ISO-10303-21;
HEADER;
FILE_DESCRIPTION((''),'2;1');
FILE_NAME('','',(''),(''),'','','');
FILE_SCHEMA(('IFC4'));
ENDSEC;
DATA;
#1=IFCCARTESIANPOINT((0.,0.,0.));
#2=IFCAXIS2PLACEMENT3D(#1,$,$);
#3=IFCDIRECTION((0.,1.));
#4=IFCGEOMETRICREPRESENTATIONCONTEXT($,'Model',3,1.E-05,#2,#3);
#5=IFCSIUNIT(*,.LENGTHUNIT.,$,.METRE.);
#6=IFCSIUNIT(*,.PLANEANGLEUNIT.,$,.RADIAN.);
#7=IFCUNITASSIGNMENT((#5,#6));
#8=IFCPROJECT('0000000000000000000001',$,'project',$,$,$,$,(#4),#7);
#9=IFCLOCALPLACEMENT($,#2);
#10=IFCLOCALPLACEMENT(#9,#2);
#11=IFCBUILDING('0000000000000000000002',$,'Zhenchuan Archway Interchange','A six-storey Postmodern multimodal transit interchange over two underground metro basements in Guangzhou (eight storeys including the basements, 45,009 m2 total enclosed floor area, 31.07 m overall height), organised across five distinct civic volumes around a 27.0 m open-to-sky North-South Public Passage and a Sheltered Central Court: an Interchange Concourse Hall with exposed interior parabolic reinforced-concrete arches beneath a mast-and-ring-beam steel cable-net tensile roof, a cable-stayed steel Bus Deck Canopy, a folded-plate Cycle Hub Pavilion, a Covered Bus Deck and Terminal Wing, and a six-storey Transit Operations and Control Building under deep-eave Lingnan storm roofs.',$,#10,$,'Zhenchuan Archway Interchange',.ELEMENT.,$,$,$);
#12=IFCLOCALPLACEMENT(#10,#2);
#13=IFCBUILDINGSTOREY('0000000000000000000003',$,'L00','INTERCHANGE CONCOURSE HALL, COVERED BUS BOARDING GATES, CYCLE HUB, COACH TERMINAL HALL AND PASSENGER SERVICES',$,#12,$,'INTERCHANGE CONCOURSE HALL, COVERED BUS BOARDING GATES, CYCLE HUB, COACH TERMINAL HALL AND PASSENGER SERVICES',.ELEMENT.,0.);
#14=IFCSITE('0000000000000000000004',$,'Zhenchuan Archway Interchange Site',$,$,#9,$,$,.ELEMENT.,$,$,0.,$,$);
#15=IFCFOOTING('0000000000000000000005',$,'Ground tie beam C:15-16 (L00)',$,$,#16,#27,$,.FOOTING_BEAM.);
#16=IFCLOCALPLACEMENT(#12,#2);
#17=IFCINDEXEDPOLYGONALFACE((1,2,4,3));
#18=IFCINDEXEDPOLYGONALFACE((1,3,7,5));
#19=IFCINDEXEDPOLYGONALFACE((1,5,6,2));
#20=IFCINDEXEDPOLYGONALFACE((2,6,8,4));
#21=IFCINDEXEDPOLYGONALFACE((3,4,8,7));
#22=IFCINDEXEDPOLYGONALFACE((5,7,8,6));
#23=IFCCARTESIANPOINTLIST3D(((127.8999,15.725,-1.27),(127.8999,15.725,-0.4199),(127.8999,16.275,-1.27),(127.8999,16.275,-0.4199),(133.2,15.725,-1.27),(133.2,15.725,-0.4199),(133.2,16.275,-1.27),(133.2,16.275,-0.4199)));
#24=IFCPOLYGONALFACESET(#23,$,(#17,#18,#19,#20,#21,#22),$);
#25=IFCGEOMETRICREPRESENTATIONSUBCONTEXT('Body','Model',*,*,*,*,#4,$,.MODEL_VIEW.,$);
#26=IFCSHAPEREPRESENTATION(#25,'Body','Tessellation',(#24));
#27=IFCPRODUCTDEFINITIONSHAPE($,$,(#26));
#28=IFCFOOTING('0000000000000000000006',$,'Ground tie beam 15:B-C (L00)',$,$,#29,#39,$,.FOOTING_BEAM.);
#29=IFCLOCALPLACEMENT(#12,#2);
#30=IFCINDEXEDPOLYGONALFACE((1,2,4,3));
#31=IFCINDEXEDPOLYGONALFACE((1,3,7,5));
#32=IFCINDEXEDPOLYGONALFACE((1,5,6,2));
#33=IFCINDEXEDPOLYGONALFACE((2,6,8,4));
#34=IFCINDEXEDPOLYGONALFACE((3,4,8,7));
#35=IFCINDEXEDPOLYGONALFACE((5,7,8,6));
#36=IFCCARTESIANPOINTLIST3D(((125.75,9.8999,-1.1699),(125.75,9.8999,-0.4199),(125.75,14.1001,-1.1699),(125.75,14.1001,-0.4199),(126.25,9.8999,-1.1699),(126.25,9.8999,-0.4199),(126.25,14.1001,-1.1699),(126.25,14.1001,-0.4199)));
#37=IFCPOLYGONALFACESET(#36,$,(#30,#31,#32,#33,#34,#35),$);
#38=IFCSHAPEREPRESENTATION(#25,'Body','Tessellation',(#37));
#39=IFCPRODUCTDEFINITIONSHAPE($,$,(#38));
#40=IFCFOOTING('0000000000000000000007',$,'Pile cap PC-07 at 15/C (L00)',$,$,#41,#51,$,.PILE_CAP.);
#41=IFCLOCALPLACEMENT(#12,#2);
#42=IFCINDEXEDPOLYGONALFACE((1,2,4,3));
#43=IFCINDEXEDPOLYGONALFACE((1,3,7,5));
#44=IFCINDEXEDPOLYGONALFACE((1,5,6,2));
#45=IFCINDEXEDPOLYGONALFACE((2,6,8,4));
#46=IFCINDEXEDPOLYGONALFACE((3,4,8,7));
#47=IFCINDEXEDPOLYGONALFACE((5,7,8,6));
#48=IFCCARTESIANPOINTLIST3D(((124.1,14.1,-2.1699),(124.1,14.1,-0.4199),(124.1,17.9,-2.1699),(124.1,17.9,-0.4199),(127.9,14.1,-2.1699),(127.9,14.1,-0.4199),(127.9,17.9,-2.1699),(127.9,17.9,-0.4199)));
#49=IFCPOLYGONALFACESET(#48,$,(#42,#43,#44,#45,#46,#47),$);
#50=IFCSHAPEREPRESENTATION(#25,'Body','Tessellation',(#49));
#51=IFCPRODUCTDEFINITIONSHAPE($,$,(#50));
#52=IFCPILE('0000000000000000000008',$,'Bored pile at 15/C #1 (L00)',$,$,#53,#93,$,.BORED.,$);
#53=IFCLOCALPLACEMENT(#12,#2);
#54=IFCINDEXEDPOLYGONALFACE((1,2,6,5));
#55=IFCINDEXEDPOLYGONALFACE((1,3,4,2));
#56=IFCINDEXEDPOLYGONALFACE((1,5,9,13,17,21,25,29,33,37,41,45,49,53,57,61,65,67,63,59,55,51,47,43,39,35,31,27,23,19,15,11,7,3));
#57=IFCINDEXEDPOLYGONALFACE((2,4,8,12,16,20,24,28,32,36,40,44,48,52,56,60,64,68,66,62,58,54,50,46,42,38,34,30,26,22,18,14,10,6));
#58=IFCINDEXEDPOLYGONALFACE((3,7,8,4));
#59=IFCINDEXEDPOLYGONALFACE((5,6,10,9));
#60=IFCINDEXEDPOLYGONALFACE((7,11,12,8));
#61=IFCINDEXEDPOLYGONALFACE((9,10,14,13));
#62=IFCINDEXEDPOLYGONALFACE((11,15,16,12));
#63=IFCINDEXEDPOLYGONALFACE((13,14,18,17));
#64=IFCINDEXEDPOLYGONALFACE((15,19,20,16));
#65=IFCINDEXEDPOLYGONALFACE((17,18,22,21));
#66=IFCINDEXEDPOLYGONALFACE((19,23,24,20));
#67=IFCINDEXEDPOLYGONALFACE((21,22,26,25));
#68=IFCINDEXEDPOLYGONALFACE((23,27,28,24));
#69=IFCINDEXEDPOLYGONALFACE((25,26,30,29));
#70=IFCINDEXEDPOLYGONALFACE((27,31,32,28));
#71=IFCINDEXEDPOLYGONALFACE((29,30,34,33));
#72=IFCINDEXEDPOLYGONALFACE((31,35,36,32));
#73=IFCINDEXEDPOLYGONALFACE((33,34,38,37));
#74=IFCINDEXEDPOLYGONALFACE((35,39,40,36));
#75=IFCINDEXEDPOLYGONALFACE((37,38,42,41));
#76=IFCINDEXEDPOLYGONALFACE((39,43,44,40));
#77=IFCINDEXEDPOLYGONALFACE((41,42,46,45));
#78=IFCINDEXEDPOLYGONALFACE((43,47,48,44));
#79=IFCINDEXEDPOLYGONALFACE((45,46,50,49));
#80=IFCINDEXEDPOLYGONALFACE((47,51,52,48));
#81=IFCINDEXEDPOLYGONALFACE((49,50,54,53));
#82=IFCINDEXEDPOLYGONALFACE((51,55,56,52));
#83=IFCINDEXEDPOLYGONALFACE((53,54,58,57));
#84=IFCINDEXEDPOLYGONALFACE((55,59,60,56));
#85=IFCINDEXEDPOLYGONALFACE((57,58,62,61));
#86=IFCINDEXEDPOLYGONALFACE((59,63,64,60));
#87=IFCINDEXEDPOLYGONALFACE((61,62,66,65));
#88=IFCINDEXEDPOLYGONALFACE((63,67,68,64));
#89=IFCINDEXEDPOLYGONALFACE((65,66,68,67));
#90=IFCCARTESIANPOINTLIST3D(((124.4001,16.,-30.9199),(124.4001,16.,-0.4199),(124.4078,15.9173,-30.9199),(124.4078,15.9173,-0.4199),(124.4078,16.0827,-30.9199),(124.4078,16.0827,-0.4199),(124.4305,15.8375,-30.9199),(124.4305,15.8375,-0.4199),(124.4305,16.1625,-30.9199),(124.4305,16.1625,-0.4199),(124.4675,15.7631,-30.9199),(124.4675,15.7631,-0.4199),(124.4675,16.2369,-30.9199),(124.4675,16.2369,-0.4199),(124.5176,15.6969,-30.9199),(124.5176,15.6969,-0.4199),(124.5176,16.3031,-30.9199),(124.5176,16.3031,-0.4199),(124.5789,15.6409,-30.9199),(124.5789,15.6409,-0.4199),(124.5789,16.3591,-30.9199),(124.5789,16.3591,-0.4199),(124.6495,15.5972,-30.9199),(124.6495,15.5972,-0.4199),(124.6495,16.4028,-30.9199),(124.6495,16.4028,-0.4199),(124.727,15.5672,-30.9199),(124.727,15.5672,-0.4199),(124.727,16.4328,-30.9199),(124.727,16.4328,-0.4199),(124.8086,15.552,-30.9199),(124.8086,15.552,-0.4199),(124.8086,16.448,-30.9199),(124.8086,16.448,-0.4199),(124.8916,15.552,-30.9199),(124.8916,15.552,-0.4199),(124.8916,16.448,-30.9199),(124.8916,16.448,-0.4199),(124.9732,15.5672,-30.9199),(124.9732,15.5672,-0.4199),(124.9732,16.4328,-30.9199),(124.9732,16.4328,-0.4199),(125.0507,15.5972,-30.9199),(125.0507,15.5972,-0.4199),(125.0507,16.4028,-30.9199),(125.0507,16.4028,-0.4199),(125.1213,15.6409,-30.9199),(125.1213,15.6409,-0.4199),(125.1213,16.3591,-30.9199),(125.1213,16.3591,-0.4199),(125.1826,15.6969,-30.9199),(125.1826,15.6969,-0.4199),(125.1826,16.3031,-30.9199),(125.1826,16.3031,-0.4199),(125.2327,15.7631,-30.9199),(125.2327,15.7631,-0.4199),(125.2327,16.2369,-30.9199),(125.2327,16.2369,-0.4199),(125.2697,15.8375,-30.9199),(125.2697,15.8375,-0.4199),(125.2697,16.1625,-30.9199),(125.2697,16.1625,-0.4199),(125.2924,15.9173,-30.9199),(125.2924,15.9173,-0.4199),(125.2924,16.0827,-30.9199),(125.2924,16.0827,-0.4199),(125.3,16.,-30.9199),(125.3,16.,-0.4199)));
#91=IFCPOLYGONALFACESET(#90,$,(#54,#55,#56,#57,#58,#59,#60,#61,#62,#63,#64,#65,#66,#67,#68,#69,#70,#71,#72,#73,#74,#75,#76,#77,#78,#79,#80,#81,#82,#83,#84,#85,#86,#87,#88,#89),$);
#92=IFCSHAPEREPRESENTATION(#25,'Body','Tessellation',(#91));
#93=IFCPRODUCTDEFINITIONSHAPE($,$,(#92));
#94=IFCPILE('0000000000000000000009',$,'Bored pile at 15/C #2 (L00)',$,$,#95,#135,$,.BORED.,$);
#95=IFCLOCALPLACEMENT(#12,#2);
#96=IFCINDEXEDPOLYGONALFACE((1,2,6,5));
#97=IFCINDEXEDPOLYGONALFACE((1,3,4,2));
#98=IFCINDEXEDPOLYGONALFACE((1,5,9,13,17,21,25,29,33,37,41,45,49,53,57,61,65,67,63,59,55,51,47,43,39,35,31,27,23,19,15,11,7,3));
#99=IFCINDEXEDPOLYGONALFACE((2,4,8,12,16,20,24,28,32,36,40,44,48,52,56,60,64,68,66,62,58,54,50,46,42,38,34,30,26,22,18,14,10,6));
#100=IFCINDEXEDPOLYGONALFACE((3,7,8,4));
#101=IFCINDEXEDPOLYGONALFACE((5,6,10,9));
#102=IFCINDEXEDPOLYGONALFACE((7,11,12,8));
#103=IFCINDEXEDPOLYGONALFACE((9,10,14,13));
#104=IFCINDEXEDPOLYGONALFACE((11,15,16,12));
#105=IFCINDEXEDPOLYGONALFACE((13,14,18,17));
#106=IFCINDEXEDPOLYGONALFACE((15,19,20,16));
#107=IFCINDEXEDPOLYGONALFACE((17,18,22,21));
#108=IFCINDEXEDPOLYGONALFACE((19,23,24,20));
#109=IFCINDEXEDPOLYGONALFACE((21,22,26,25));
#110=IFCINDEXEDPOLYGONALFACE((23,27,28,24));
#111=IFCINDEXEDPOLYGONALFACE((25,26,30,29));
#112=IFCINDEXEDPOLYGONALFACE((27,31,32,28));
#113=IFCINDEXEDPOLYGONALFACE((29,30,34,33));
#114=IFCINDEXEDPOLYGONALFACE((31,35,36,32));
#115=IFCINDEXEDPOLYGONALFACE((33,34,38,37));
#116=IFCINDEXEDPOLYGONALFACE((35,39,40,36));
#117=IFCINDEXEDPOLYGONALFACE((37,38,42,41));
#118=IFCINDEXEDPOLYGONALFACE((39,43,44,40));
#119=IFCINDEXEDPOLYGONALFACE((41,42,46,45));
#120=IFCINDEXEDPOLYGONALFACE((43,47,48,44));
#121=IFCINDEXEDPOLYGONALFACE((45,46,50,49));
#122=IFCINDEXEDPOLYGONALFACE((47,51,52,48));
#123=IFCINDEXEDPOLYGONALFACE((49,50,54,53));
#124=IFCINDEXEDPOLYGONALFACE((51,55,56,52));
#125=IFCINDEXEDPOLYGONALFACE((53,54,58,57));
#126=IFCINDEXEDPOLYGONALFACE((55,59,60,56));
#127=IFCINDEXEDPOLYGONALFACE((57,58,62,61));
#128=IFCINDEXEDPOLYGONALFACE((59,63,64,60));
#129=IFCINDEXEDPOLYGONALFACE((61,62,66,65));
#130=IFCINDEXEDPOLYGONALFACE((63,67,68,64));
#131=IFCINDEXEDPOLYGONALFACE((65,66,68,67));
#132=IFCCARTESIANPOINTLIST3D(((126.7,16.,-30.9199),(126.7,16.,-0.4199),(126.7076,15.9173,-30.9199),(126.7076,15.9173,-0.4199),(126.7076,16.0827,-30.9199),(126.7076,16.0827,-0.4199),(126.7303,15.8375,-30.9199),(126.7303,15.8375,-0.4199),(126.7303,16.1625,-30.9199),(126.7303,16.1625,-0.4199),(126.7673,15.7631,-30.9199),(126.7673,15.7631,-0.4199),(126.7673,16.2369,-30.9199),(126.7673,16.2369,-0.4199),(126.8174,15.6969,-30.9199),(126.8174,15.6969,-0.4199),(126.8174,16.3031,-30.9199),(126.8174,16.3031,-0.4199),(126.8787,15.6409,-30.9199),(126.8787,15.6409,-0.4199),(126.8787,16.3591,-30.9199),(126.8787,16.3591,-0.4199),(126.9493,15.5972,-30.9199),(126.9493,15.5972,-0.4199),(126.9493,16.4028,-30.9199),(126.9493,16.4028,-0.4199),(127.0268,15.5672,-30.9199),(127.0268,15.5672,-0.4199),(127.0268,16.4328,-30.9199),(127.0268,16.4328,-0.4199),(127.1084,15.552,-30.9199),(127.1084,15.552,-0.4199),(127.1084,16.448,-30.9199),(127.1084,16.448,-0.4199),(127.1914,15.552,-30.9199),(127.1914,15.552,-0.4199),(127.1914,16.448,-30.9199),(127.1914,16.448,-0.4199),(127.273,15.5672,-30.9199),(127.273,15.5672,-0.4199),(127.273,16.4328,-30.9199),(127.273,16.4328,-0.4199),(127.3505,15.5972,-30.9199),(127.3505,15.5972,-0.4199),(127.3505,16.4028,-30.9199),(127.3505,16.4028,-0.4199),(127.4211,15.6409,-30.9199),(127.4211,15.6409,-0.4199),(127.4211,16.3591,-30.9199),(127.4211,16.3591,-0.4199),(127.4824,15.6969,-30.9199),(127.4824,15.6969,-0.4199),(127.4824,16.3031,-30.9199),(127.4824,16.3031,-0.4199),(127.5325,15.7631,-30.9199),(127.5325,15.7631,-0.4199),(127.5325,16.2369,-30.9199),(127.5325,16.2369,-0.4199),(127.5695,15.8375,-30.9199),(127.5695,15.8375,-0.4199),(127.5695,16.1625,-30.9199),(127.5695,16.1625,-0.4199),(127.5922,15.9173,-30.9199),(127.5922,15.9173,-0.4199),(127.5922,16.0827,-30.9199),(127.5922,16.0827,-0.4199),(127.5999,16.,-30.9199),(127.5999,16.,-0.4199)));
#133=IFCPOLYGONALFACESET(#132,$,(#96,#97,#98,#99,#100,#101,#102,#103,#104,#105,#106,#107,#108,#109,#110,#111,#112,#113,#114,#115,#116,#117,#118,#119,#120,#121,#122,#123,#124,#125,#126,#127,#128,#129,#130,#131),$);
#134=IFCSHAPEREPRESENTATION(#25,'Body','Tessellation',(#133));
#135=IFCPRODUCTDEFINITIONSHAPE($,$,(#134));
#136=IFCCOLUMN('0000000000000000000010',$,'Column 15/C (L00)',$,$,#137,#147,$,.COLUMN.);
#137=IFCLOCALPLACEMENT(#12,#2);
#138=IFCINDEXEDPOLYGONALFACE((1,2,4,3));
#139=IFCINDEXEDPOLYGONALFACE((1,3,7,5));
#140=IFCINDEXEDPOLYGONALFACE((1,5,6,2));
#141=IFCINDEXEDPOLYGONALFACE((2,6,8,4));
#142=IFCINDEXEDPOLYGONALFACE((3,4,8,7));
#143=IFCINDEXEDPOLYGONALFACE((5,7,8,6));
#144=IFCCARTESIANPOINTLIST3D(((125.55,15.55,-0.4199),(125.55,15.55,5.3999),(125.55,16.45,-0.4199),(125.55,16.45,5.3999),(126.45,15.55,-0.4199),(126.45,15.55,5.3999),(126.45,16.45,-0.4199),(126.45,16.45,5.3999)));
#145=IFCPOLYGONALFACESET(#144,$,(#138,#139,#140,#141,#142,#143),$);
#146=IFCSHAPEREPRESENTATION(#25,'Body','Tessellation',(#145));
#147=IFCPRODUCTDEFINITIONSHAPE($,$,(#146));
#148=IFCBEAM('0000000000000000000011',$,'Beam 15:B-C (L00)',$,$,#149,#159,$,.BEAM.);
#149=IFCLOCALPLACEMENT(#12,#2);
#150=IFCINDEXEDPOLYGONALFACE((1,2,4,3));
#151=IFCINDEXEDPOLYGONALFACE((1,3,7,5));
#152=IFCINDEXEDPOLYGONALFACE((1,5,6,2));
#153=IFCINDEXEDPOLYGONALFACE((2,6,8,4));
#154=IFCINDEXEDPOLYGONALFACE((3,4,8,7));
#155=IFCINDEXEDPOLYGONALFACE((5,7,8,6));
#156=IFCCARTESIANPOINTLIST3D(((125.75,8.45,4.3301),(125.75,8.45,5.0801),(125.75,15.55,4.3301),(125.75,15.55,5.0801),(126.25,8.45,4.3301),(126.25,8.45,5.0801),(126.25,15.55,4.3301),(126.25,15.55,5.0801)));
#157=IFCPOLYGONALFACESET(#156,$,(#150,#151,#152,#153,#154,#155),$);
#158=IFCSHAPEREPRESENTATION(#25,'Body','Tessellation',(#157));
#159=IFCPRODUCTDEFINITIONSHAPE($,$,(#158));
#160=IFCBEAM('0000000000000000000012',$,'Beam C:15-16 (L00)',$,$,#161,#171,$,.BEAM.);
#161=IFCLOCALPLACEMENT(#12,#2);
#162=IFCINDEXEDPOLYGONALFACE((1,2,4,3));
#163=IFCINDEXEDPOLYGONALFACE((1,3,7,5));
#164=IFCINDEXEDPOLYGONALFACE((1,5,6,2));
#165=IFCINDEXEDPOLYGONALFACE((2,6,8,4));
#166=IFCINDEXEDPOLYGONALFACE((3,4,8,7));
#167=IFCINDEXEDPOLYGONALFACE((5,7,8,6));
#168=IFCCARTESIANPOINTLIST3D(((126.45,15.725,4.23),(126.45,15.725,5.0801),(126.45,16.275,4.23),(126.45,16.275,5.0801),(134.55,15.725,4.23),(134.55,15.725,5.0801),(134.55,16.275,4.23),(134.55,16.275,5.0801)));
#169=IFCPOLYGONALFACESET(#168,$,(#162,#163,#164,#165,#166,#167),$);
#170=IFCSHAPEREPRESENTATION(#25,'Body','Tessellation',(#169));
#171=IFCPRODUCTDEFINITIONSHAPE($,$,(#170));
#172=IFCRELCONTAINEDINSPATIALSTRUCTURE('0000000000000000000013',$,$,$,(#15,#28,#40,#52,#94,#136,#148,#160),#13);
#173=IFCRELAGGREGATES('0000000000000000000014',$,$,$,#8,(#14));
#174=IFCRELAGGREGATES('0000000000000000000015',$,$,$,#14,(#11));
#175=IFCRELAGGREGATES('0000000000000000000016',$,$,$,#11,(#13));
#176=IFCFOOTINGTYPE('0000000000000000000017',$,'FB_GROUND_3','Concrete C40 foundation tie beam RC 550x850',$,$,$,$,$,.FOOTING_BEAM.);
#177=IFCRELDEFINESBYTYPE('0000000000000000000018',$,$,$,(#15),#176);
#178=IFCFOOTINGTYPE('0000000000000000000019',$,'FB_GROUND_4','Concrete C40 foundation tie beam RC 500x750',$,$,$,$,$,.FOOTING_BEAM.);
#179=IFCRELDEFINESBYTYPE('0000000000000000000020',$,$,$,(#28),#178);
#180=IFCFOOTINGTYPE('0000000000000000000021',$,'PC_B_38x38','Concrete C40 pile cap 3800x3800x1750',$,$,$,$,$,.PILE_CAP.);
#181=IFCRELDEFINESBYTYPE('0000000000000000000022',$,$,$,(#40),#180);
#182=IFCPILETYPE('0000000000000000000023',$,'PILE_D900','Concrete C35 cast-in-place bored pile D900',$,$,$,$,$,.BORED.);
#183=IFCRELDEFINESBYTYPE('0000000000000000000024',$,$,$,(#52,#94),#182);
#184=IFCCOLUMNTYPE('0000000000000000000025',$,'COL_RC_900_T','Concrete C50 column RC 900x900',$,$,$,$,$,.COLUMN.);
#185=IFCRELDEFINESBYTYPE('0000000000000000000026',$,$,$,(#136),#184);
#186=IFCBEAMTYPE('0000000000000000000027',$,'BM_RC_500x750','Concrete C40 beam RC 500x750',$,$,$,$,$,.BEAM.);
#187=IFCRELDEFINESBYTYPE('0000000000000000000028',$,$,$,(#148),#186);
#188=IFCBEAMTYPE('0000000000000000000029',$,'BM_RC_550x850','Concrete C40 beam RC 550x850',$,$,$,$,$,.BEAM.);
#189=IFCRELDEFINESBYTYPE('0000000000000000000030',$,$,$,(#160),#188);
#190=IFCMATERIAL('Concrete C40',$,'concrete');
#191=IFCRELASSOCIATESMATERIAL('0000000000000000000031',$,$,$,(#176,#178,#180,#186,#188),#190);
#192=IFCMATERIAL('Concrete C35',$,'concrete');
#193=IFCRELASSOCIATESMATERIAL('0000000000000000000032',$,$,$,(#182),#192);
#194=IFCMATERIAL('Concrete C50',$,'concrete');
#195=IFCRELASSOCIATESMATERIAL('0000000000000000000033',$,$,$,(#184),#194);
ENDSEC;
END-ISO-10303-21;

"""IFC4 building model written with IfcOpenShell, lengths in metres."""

from ifc_helpers import new_model, si_unit, direction, frame, origin, origin_2d, place, context, subcontext, project, spatial, rectangle, circle, extrude, material, material_profile, profile_set, type_object, element, save


model = new_model("IFC4")

# Units and contexts
model_context = context("Model", 3, precision=1e-05, world=origin(), true_north=direction((0.0, 1.0)))
body_context = subcontext(model_context, "Body", "Model", "MODEL_VIEW")
ifc_project = project(units=[si_unit("LENGTHUNIT", "METRE"), si_unit("PLANEANGLEUNIT", "RADIAN")], contexts=[model_context])

# Site, building, storey
site_placement = place(None, origin())
site = spatial("IfcSite", under=ifc_project, at=site_placement, Name="Zhenchuan Archway Interchange Site", CompositionType="ELEMENT", RefElevation=0.0)
building_placement = place(site_placement, origin())
building = spatial("IfcBuilding", under=site, at=building_placement, Name="Zhenchuan Archway Interchange", Description="A six-storey Postmodern multimodal transit interchange over two underground metro basements in Guangzhou (eight storeys including the basements, 45,009 m2 total enclosed floor area, 31.07 m overall height), organised across five distinct civic volumes around a 27.0 m open-to-sky North-South Public Passage and a Sheltered Central Court: an Interchange Concourse Hall with exposed interior parabolic reinforced-concrete arches beneath a mast-and-ring-beam steel cable-net tensile roof, a cable-stayed steel Bus Deck Canopy, a folded-plate Cycle Hub Pavilion, a Covered Bus Deck and Terminal Wing, and a six-storey Transit Operations and Control Building under deep-eave Lingnan storm roofs.", LongName="Zhenchuan Archway Interchange", CompositionType="ELEMENT")
storey_placement = place(building_placement, origin())
storey = spatial("IfcBuildingStorey", under=building, at=storey_placement, Name="L00", Description="INTERCHANGE CONCOURSE HALL, COVERED BUS BOARDING GATES, CYCLE HUB, COACH TERMINAL HALL AND PASSENGER SERVICES", LongName="INTERCHANGE CONCOURSE HALL, COVERED BUS BOARDING GATES, CYCLE HUB, COACH TERMINAL HALL AND PASSENGER SERVICES", CompositionType="ELEMENT", Elevation=0.0)

# Footings
ifc_material_1 = material(Name="Concrete C40", Category="concrete")
ifc_material_profile_1 = material_profile(ifc_material_1, rectangle(XDim=0.55, YDim=0.8501, at=origin_2d()), Name="RC 550x850")
ifc_profile_set_1 = profile_set([ifc_material_profile_1], Name="Concrete C40")
footing_type_1 = type_object("IfcFootingType", Name="FB_GROUND_3", Description="Concrete C40 foundation tie beam RC 550x850", PredefinedType="FOOTING_BEAM", material=ifc_profile_set_1)
footing_1_placement = place(storey_placement, frame((127.8999, 16.0, -0.845), z_axis=(1.0, 0.0, 0.0), x_axis=(0.0, 1.0, 0.0)))
element("IfcFooting", 1, at=footing_1_placement, inside=storey, type_object=footing_type_1, Name="Ground tie beam C:15-16 (L00)", PredefinedType="FOOTING_BEAM", context=body_context, shape_type="SweptSolid", body=[
    extrude(rectangle(XDim=0.55, YDim=0.8501, at=origin_2d()), origin(), (0.0, 0.0, 1.0), 5.3),
])
ifc_material_profile_2 = material_profile(ifc_material_1, rectangle(XDim=0.5, YDim=0.75, at=origin_2d()), Name="RC 500x750")
ifc_profile_set_2 = profile_set([ifc_material_profile_2], Name="Concrete C40")
footing_type_2 = type_object("IfcFootingType", Name="FB_GROUND_4", Description="Concrete C40 foundation tie beam RC 500x750", PredefinedType="FOOTING_BEAM", material=ifc_profile_set_2)
footing_2_placement = place(storey_placement, frame((126.0, 9.8999, -0.7949), z_axis=(0.0, 1.0, 0.0), x_axis=(-1.0, 0.0, 0.0)))
element("IfcFooting", 2, at=footing_2_placement, inside=storey, type_object=footing_type_2, Name="Ground tie beam 15:B-C (L00)", PredefinedType="FOOTING_BEAM", context=body_context, shape_type="SweptSolid", body=[
    extrude(rectangle(XDim=0.5, YDim=0.75, at=origin_2d()), origin(), (0.0, 0.0, 1.0), 4.2002),
])
footing_type_3 = type_object("IfcFootingType", Name="PC_B_38x38", Description="Concrete C40 pile cap 3800x3800x1750", PredefinedType="PILE_CAP", material=ifc_material_1)
footing_3_placement = place(storey_placement, frame((126.0, 16.0, -2.1699), z_axis=(0.0, 0.0, 1.0), x_axis=(1.0, 0.0, 0.0)))
element("IfcFooting", 3, at=footing_3_placement, inside=storey, type_object=footing_type_3, Name="Pile cap PC-07 at 15/C (L00)", PredefinedType="PILE_CAP", context=body_context, shape_type="SweptSolid", body=[
    extrude(rectangle(XDim=3.8, YDim=3.8, at=origin_2d()), origin(), (0.0, 0.0, 1.0), 1.75),
])

# Piles
ifc_material_2 = material(Name="Concrete C35", Category="concrete")
ifc_material_profile_3 = material_profile(ifc_material_2, circle(Radius=0.45, at=origin_2d()), Name="BORED PILE 900")
ifc_profile_set_3 = profile_set([ifc_material_profile_3], Name="Concrete C35")
pile_type = type_object("IfcPileType", Name="PILE_D900", Description="Concrete C35 cast-in-place bored pile D900", PredefinedType="BORED", material=ifc_profile_set_3)
for number, where, z_axis, x_axis, name in (
    (4, (124.8501, 16.0, -0.4199), (0.0, 0.0, -1.0), (1.0, 0.0, 0.0), "Bored pile at 15/C #1 (L00)"),
    (5, (127.1499, 16.0, -0.4199), (0.0, 0.0, -1.0), (1.0, 0.0, 0.0), "Bored pile at 15/C #2 (L00)"),
):
    element("IfcPile", number, at=place(storey_placement, frame(where, z_axis=z_axis, x_axis=x_axis)), inside=storey, type_object=pile_type, Name=name, PredefinedType="BORED", context=body_context, shape_type="SweptSolid", body=[
        extrude(circle(Radius=0.45, at=origin_2d()), origin(), (0.0, 0.0, 1.0), 30.5),
    ])

# Column
ifc_material_3 = material(Name="Concrete C50", Category="concrete")
ifc_material_profile_4 = material_profile(ifc_material_3, rectangle(XDim=0.8999, YDim=0.8999, at=origin_2d()), Name="RC 900x900")
ifc_profile_set_4 = profile_set([ifc_material_profile_4], Name="Concrete C50")
column_type = type_object("IfcColumnType", Name="COL_RC_900_T", Description="Concrete C50 column RC 900x900", PredefinedType="COLUMN", material=ifc_profile_set_4)
column_placement = place(storey_placement, frame((126.0, 16.0, -0.4199), z_axis=(0.0, 0.0, 1.0), x_axis=(1.0, 0.0, 0.0)))
element("IfcColumn", 6, at=column_placement, inside=storey, type_object=column_type, Name="Column 15/C (L00)", PredefinedType="COLUMN", context=body_context, shape_type="SweptSolid", body=[
    extrude(rectangle(XDim=0.8999, YDim=0.8999, at=origin_2d()), origin(), (0.0, 0.0, 1.0), 5.8198),
])

# Beams
ifc_material_profile_5 = material_profile(ifc_material_1, rectangle(XDim=0.5, YDim=0.75, at=origin_2d()), Name="RC 500x750")
ifc_profile_set_5 = profile_set([ifc_material_profile_5], Name="Concrete C40")
beam_type_1 = type_object("IfcBeamType", Name="BM_RC_500x750", Description="Concrete C40 beam RC 500x750", PredefinedType="BEAM", material=ifc_profile_set_5)
beam_1_placement = place(storey_placement, frame((126.0, 8.45, 4.7051), z_axis=(0.0, 1.0, 0.0), x_axis=(-1.0, 0.0, 0.0)))
element("IfcBeam", 7, at=beam_1_placement, inside=storey, type_object=beam_type_1, Name="Beam 15:B-C (L00)", PredefinedType="BEAM", context=body_context, shape_type="SweptSolid", body=[
    extrude(rectangle(XDim=0.5, YDim=0.75, at=origin_2d()), origin(), (0.0, 0.0, 1.0), 7.1001),
])
ifc_material_profile_6 = material_profile(ifc_material_1, rectangle(XDim=0.55, YDim=0.8501, at=origin_2d()), Name="RC 550x850")
ifc_profile_set_6 = profile_set([ifc_material_profile_6], Name="Concrete C40")
beam_type_2 = type_object("IfcBeamType", Name="BM_RC_550x850", Description="Concrete C40 beam RC 550x850", PredefinedType="BEAM", material=ifc_profile_set_6)
beam_2_placement = place(storey_placement, frame((126.45, 16.0, 4.655), z_axis=(1.0, 0.0, 0.0), x_axis=(0.0, 1.0, 0.0)))
element("IfcBeam", 8, at=beam_2_placement, inside=storey, type_object=beam_type_2, Name="Beam C:15-16 (L00)", PredefinedType="BEAM", context=body_context, shape_type="SweptSolid", body=[
    extrude(rectangle(XDim=0.55, YDim=0.8501, at=origin_2d()), origin(), (0.0, 0.0, 1.0), 8.1001),
])

save(model, "model.ifc")
